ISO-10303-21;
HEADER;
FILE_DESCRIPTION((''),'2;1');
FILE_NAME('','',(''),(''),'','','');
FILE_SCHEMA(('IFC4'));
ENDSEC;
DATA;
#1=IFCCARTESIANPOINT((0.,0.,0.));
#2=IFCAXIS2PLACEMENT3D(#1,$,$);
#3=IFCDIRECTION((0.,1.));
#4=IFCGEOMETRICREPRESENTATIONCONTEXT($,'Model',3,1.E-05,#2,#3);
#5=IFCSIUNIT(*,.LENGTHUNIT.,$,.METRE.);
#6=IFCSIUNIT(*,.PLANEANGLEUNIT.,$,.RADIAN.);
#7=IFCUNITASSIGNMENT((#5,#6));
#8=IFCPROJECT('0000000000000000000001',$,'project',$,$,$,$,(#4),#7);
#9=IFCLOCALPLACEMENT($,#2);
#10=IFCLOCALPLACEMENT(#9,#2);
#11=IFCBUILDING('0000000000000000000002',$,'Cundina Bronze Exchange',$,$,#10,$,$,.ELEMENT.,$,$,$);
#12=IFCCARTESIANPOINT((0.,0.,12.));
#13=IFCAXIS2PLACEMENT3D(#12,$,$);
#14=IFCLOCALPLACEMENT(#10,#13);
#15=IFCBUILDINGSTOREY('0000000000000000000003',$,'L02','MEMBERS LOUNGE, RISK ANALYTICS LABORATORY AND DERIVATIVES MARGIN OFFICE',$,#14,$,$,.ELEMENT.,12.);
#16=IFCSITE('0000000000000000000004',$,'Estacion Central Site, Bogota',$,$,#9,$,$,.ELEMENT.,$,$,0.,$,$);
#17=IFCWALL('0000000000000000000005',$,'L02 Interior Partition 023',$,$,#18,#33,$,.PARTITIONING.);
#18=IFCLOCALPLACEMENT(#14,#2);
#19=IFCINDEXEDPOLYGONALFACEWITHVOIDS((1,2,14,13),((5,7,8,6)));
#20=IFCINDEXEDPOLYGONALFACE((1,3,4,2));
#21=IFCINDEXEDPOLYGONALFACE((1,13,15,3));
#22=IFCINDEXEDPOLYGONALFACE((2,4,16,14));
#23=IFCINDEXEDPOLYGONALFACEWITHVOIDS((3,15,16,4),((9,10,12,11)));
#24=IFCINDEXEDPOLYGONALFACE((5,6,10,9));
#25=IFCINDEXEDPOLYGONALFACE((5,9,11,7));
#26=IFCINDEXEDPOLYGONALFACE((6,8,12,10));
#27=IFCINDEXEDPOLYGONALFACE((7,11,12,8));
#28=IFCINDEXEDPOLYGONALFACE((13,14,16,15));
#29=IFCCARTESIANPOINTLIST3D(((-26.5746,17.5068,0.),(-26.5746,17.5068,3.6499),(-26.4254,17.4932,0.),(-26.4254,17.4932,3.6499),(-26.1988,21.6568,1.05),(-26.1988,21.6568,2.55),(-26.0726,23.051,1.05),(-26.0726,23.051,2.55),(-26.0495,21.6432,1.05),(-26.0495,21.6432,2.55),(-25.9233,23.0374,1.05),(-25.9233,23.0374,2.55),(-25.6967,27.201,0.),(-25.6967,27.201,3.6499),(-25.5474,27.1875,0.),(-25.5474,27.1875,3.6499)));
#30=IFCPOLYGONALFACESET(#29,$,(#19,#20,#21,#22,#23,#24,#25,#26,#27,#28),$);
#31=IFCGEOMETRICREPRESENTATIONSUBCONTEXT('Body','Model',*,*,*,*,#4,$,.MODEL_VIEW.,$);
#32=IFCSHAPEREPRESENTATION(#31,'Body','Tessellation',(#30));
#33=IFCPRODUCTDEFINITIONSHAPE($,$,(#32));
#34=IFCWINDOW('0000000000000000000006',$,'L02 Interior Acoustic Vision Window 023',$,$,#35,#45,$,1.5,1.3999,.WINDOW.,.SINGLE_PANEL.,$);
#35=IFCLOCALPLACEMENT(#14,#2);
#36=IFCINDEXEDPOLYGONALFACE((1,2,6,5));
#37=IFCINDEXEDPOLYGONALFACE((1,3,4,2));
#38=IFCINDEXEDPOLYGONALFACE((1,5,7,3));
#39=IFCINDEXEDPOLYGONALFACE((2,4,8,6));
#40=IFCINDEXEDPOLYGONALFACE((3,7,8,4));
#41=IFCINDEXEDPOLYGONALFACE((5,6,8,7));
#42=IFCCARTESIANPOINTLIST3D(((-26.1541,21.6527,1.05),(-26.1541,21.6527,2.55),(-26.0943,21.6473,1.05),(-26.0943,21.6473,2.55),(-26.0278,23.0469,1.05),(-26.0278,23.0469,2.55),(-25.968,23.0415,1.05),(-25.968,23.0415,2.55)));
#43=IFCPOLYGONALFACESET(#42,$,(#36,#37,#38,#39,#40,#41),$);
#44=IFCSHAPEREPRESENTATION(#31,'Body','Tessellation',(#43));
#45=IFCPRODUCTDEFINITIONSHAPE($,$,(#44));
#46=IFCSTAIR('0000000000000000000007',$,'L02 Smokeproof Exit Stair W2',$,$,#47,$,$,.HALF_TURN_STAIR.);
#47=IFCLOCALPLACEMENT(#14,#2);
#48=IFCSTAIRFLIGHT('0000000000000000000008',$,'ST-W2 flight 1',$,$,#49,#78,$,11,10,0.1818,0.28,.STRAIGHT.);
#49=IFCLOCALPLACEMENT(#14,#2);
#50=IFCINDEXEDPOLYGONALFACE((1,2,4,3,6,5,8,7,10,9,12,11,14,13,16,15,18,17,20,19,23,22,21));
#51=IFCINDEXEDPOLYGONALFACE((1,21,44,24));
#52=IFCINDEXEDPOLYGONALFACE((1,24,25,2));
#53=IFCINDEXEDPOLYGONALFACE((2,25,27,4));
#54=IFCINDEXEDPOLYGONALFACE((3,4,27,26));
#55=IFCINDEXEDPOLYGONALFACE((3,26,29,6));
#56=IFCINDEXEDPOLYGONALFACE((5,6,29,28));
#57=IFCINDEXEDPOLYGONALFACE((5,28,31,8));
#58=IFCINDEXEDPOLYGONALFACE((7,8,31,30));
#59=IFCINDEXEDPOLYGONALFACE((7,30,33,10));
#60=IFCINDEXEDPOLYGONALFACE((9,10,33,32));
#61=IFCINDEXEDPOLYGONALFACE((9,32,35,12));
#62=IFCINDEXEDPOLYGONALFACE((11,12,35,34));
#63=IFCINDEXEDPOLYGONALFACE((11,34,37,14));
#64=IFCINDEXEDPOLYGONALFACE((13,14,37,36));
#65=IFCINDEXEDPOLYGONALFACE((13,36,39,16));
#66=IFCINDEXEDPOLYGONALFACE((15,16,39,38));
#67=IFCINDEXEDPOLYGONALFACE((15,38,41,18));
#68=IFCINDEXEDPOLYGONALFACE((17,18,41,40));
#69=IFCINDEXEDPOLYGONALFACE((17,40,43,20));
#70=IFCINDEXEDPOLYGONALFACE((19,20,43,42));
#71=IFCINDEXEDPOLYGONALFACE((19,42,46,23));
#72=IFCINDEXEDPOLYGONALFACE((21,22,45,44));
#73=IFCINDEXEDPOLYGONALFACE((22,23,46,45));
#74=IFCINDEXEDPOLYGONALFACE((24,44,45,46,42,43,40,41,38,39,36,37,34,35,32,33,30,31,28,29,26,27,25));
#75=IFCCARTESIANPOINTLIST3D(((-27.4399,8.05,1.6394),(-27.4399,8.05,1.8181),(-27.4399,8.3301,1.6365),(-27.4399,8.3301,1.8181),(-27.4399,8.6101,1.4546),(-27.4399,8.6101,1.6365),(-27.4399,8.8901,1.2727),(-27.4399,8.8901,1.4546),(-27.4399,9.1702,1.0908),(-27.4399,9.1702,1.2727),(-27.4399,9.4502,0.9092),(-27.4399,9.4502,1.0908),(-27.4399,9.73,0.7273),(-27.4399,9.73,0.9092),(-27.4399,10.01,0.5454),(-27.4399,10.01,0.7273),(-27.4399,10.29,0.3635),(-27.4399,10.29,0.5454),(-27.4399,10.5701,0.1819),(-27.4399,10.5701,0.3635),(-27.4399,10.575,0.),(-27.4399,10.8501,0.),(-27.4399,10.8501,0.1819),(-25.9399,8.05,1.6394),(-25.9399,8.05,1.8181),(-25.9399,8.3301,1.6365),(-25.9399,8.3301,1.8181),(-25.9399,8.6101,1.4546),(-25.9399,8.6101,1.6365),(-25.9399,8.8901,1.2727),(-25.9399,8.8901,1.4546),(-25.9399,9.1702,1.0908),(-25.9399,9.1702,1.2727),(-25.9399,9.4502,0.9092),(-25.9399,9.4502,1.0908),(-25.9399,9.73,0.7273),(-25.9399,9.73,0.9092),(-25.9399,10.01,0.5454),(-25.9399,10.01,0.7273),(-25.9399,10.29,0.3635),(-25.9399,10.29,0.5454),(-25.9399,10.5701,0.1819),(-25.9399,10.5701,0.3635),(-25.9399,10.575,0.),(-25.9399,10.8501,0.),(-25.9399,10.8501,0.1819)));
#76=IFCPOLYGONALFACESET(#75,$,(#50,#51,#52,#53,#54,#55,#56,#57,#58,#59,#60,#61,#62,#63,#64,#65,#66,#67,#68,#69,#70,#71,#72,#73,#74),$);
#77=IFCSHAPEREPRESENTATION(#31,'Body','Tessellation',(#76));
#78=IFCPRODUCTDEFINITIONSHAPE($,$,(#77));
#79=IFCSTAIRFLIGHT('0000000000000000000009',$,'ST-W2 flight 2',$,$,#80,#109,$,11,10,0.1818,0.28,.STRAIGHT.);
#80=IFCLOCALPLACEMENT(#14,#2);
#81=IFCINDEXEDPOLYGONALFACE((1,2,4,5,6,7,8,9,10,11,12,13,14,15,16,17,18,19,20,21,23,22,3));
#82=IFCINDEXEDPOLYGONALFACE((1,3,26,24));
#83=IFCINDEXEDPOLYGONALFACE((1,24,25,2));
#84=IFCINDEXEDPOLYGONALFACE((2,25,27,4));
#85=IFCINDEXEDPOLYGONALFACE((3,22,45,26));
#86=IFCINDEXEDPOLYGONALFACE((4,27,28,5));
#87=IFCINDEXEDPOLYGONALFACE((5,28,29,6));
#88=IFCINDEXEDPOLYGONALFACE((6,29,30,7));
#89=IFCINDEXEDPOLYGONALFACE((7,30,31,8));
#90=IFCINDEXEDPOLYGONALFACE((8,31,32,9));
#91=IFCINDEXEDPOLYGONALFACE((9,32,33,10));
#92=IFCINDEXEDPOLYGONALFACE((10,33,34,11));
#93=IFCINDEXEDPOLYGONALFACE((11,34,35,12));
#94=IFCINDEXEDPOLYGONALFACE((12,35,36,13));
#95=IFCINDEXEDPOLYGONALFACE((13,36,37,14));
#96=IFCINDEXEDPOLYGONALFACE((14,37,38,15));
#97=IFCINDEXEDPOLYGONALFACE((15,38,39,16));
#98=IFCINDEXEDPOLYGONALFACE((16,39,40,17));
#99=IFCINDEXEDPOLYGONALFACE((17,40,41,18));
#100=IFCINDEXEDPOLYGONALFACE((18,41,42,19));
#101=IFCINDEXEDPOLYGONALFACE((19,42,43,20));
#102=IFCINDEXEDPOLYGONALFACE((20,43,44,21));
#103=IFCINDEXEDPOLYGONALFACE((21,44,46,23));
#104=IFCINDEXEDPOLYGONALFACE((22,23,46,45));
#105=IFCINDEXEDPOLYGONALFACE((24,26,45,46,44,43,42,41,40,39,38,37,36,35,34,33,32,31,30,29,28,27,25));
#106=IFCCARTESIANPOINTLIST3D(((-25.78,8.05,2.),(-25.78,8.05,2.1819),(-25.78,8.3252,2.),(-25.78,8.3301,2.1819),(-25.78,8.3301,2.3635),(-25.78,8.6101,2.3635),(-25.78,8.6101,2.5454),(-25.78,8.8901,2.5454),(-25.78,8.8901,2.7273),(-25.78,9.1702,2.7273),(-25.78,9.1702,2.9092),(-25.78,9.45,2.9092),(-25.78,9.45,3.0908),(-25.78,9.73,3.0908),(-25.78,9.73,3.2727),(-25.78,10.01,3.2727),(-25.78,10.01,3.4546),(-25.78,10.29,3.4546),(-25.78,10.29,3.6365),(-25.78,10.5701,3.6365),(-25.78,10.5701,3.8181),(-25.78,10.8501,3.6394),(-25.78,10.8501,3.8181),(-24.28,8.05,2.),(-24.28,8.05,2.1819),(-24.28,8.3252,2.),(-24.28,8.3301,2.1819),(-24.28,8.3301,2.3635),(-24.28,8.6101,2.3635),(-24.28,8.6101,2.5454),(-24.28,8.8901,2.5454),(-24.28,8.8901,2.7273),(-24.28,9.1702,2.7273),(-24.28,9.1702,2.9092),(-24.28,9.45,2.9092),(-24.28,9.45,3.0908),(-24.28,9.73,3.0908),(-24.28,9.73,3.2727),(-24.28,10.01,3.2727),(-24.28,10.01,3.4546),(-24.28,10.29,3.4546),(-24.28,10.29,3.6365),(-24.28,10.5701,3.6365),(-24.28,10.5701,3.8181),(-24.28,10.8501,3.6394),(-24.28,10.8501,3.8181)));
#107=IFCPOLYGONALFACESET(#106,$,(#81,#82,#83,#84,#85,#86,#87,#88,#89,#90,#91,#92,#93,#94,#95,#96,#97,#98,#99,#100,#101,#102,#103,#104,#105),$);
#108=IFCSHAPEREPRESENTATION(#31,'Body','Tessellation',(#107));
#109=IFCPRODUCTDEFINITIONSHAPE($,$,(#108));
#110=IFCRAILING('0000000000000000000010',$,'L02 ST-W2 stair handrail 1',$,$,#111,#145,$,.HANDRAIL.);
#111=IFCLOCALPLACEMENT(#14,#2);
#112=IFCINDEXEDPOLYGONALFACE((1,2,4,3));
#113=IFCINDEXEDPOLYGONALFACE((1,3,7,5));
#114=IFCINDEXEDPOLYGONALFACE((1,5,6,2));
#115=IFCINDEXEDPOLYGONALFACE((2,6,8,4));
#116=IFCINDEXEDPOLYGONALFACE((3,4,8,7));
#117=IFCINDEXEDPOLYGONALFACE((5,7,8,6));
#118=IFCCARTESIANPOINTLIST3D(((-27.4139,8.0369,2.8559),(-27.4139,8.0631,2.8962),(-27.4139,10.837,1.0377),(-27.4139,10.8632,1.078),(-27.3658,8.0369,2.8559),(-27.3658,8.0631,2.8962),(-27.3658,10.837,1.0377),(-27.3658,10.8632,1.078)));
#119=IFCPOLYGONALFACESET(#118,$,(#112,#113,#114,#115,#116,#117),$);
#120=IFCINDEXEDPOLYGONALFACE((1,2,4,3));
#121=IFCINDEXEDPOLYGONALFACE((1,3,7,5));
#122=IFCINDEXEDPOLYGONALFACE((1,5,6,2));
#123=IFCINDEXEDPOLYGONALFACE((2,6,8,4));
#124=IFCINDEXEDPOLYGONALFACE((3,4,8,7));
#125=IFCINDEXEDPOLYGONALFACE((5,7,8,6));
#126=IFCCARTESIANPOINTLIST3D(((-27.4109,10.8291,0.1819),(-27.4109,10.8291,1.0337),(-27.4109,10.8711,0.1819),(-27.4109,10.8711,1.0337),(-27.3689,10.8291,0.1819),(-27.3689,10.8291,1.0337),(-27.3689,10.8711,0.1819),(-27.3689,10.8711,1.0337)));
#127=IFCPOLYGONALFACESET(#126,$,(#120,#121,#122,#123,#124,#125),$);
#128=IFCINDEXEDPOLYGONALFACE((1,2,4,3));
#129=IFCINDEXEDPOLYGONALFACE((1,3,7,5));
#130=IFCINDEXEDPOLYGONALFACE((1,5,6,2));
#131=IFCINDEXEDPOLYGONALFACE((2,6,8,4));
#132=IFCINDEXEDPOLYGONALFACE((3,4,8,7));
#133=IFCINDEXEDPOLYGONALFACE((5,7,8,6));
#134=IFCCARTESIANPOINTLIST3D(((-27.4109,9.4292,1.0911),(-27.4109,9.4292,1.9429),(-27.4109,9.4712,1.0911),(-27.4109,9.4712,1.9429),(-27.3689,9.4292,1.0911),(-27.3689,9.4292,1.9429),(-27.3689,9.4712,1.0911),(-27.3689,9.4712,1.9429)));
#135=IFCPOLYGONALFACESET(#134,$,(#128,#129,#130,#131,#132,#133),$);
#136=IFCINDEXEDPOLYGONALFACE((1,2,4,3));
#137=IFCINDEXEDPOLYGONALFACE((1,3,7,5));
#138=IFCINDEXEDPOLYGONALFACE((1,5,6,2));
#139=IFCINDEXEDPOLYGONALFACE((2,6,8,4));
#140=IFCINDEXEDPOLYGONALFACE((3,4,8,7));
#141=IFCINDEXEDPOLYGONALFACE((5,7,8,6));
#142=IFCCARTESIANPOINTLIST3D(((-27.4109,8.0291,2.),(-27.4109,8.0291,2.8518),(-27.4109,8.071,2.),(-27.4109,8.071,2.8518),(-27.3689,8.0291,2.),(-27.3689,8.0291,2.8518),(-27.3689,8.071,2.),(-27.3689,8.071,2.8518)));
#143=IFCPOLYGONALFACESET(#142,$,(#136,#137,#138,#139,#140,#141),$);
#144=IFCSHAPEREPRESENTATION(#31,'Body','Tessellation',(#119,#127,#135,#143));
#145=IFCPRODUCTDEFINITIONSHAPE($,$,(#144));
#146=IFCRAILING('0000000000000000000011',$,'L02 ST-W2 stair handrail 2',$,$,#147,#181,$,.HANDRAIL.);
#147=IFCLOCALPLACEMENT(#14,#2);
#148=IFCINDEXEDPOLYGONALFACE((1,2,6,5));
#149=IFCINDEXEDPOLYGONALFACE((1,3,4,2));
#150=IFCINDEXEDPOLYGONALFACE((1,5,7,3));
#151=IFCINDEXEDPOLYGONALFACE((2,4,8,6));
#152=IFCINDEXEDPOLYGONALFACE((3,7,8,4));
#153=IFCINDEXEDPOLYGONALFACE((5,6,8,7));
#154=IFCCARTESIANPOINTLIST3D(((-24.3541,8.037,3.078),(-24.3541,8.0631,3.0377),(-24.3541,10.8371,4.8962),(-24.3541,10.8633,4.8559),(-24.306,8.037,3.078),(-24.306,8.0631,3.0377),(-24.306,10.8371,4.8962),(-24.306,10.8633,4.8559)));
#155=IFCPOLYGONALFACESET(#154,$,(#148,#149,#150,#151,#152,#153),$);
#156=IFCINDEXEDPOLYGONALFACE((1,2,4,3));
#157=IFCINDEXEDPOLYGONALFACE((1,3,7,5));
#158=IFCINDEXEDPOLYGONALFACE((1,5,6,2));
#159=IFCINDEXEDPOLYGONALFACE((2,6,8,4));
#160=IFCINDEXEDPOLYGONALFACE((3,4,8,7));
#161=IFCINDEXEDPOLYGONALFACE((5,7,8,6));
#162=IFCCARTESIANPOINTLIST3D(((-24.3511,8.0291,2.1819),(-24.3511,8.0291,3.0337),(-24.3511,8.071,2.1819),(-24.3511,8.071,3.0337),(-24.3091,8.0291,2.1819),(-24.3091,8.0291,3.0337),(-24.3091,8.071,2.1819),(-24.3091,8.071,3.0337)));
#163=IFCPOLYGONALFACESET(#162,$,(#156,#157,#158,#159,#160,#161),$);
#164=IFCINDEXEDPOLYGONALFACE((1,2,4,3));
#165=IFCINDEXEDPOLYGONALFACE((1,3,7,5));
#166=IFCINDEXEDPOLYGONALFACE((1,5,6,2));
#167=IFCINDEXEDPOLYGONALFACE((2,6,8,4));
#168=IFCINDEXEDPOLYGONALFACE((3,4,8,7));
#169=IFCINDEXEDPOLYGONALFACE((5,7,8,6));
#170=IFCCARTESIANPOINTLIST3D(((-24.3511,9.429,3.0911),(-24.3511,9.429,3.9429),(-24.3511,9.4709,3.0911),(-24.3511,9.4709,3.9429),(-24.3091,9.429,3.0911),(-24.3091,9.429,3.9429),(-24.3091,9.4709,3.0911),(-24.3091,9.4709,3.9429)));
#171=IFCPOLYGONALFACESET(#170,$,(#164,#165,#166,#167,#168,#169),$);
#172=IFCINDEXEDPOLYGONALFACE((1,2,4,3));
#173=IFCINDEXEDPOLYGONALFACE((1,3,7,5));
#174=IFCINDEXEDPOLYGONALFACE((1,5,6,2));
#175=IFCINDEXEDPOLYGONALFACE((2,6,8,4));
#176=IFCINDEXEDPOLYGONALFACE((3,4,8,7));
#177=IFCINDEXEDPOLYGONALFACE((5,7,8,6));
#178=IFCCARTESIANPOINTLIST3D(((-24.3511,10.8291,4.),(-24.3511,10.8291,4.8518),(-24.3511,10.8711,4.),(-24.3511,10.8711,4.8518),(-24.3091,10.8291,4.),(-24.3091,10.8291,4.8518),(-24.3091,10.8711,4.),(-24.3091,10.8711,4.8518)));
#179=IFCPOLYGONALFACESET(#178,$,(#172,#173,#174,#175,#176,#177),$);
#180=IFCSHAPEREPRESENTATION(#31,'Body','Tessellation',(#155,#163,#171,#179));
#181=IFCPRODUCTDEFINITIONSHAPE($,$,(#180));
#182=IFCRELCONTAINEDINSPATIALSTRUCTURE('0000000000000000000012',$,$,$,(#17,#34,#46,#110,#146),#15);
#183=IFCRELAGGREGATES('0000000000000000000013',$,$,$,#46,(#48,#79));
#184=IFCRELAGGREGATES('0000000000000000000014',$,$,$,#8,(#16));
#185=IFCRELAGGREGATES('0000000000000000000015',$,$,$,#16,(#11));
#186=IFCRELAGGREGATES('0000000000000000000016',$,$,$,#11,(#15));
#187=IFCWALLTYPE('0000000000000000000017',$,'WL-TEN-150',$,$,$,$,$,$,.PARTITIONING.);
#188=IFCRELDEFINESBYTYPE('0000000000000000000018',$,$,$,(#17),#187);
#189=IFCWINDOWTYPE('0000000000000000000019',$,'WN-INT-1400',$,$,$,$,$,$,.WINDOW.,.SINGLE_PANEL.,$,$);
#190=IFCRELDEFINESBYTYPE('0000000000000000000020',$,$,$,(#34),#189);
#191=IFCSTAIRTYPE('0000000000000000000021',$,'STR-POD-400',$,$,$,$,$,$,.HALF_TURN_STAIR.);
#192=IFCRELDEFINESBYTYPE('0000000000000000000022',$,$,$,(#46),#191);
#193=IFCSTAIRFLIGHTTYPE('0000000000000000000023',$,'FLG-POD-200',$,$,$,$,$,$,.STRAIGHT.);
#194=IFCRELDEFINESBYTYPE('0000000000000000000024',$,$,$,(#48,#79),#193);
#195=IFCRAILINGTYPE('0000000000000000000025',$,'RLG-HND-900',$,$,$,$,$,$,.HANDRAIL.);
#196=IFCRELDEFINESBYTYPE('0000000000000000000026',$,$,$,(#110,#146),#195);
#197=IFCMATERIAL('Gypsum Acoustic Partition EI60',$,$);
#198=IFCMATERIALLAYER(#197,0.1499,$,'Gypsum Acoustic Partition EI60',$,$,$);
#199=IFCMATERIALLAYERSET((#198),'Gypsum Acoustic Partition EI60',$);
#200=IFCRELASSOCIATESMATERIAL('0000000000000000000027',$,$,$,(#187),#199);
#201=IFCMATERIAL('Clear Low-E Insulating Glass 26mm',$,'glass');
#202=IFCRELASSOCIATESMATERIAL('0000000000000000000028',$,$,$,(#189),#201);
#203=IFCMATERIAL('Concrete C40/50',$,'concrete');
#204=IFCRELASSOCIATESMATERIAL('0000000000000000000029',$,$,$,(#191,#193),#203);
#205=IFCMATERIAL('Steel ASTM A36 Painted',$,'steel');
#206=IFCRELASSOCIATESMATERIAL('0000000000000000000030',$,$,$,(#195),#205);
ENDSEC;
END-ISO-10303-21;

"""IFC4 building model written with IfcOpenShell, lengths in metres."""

from ifc_helpers import new_model, si_unit, direction, frame, frame_2d, origin, origin_2d, place, context, subcontext, project, spatial, polyline, rectangle, outline, extrude, material, layer, layer_set, type_object, element, fill, aggregate, save


model = new_model("IFC4")

# Units and contexts
model_context = context("Model", 3, precision=1e-05, world=origin(), true_north=direction((0.0, 1.0)))
body_context = subcontext(model_context, "Body", "Model", "MODEL_VIEW")
ifc_project = project(units=[si_unit("LENGTHUNIT", "METRE"), si_unit("PLANEANGLEUNIT", "RADIAN")], contexts=[model_context])

# Site, building, storey
site_placement = place(None, origin())
site = spatial("IfcSite", under=ifc_project, at=site_placement, Name="Estacion Central Site, Bogota", CompositionType="ELEMENT", RefElevation=0.0)
building_placement = place(site_placement, origin())
building = spatial("IfcBuilding", under=site, at=building_placement, Name="Cundina Bronze Exchange", CompositionType="ELEMENT")
storey_placement = place(building_placement, frame((0.0, 0.0, 12.0)))
storey = spatial("IfcBuildingStorey", under=building, at=storey_placement, Name="L02", Description="MEMBERS LOUNGE, RISK ANALYTICS LABORATORY AND DERIVATIVES MARGIN OFFICE", CompositionType="ELEMENT", Elevation=12.0)

# Shared definitions
ifc_material_1 = material(Name="Concrete C40/50", Category="concrete")

# Shared definitions
ifc_material_2 = material(Name="Steel ASTM A36 Painted", Category="steel")

# Wall, opening, window
ifc_material_3 = material(Name="Gypsum Acoustic Partition EI60")
ifc_layer_1 = layer(ifc_material_3, 0.1499, Name="Gypsum Acoustic Partition EI60")
ifc_layer_set_1 = layer_set([ifc_layer_1], Name="Gypsum Acoustic Partition EI60")
wall_type_1 = type_object("IfcWallType", Name="WL-TEN-150", PredefinedType="PARTITIONING", material=ifc_layer_set_1)
wall_1_placement = place(storey_placement, frame((-26.5, 17.5, 0.0), z_axis=(0.0, 0.0, 1.0), x_axis=(0.090192, 0.995924, 0.0)))
wall_1 = element("IfcWall", 1, at=wall_1_placement, inside=storey, type_object=wall_type_1, Name="L02 Interior Partition 023", PredefinedType="PARTITIONING", context=body_context, shape_type="SweptSolid", body=[
    extrude(rectangle(XDim=9.7339, YDim=0.1499, at=frame_2d((4.8669, 0.0))), origin(), (0.0, 0.0, 1.0), 3.6499),
])
opening_1_placement = place(wall_1_placement, frame((4.167, 0.0, 1.05)))
opening_1 = element("IfcOpeningElement", 2, at=opening_1_placement, cuts=wall_1, PredefinedType="OPENING", context=body_context, shape_type="SweptSolid", body=[
    extrude(rectangle(XDim=1.3999, YDim=1.5, at=frame_2d((0.7, 0.75))), frame((0.0, 0.085, 0.0), z_axis=(0.0, -1.0, 0.0), x_axis=(1.0, 0.0, 0.0)), (0.0, 0.0, 1.0), 0.1699),
])
ifc_material_4 = material(Name="Clear Low-E Insulating Glass 26mm", Category="glass")
window_type_1 = type_object("IfcWindowType", Name="WN-INT-1400", PartitioningType="SINGLE_PANEL", PredefinedType="WINDOW", material=ifc_material_4)
window_1_placement = place(opening_1_placement, origin())
window_1 = element("IfcWindow", 3, at=window_1_placement, inside=storey, type_object=window_type_1, Name="L02 Interior Acoustic Vision Window 023", OverallHeight=1.5, OverallWidth=1.3999, PartitioningType="SINGLE_PANEL", PredefinedType="WINDOW", context=body_context, shape_type="SweptSolid", body=[
    extrude(rectangle(XDim=1.3999, YDim=1.5, at=frame_2d((0.7, 0.75))), frame((0.0, 0.03, 0.0), z_axis=(0.0, -1.0, 0.0), x_axis=(1.0, 0.0, 0.0)), (0.0, 0.0, 1.0), 0.0601),
])
fill(opening_1, window_1)

# Stair, stair flights
stair_type = type_object("IfcStairType", Name="STR-POD-400", PredefinedType="HALF_TURN_STAIR", material=ifc_material_1)
stair_placement = place(storey_placement, origin())
stair = element("IfcStair", 4, at=stair_placement, inside=storey, type_object=stair_type, Name="L02 Smokeproof Exit Stair W2", PredefinedType="HALF_TURN_STAIR")
stair_flight_type = type_object("IfcStairFlightType", Name="FLG-POD-200", PredefinedType="STRAIGHT", material=ifc_material_1)
stair_flight_1_placement = place(storey_placement, frame((-26.6899, 10.8501, 0.0), z_axis=(0.0, 0.0, 1.0), x_axis=(0.0, -1.0, 0.0)))
stair_flight_1 = element("IfcStairFlight", 5, at=stair_flight_1_placement, type_object=stair_flight_type, Name="ST-W2 flight 1", NumberOfRisers=11, NumberOfTreads=10, PredefinedType="STRAIGHT", RiserHeight=0.1818, TreadLength=0.28, context=body_context, shape_type="SweptSolid", body=[
    extrude(outline(polyline([(0.0, 0.0), (0.0, 0.1819), (0.28, 0.1819), (0.28, 0.3635), (0.5601, 0.3635), (0.5601, 0.5454), (0.8401, 0.5454), (0.8401, 0.7273), (1.1201, 0.7273), (1.1201, 0.9092), (1.3999, 0.9092), (1.3999, 1.0908), (1.6799, 1.0908), (1.6799, 1.2727), (1.96, 1.2727), (1.96, 1.4546), (2.24, 1.4546), (2.24, 1.6365), (2.52, 1.6365), (2.52, 1.8181), (2.8, 1.8181), (2.8, 2.0), (2.8, 1.6394), (0.2751, 0.0), (0.0, 0.0)])), frame((0.0, 0.75, 0.0), z_axis=(0.0, -1.0, 0.0), x_axis=(1.0, 0.0, 0.0)), (0.0, 0.0, 1.0), 1.5),
])
stair_flight_2_placement = place(storey_placement, frame((-25.03, 8.05, 2.0), z_axis=(0.0, 0.0, 1.0), x_axis=(0.0, 1.0, 0.0)))
stair_flight_2 = element("IfcStairFlight", 6, at=stair_flight_2_placement, type_object=stair_flight_type, Name="ST-W2 flight 2", NumberOfRisers=11, NumberOfTreads=10, PredefinedType="STRAIGHT", RiserHeight=0.1818, TreadLength=0.28, context=body_context, shape_type="SweptSolid", body=[
    extrude(outline(polyline([(0.0, 0.0), (0.0, 0.1819), (0.28, 0.1819), (0.28, 0.3635), (0.5601, 0.3635), (0.5601, 0.5454), (0.8401, 0.5454), (0.8401, 0.7273), (1.1201, 0.7273), (1.1201, 0.9092), (1.3999, 0.9092), (1.3999, 1.0908), (1.6799, 1.0908), (1.6799, 1.2727), (1.96, 1.2727), (1.96, 1.4546), (2.24, 1.4546), (2.24, 1.6365), (2.52, 1.6365), (2.52, 1.8181), (2.8, 1.8181), (2.8, 2.0), (2.8, 1.6394), (0.2751, 0.0), (0.0, 0.0)])), frame((0.0, 0.75, 0.0), z_axis=(0.0, -1.0, 0.0), x_axis=(1.0, 0.0, 0.0)), (0.0, 0.0, 1.0), 1.5),
])
aggregate(stair, [stair_flight_1, stair_flight_2])

# Railings
railing_type_1 = type_object("IfcRailingType", Name="RLG-HND-900", PredefinedType="HANDRAIL", material=ifc_material_2)
railing_1_placement = place(storey_placement, frame((-27.3899, 10.8501, 0.1819)))
element("IfcRailing", 7, at=railing_1_placement, inside=storey, type_object=railing_type_1, Name="L02 ST-W2 stair handrail 1", PredefinedType="HANDRAIL", context=body_context, shape_type="SweptSolid", body=[
    extrude(rectangle(XDim=0.0481, YDim=0.0481, at=origin_2d()), frame((0.0, 0.0, 0.876), z_axis=(0.0, -0.838706, 0.544585), x_axis=(1.0, 0.0, 0.0)), (0.0, 0.0, 1.0), 3.3386),
    extrude(rectangle(XDim=0.042, YDim=0.042, at=origin_2d()), origin(), (0.0, 0.0, 1.0), 0.8518),
    extrude(rectangle(XDim=0.042, YDim=0.042, at=origin_2d()), frame((0.0, -1.3999, 0.9092)), (0.0, 0.0, 1.0), 0.8518),
    extrude(rectangle(XDim=0.042, YDim=0.042, at=origin_2d()), frame((0.0, -2.8, 1.8181)), (0.0, 0.0, 1.0), 0.8518),
])
railing_2_placement = place(storey_placement, frame((-24.3301, 8.05, 2.1819)))
element("IfcRailing", 8, at=railing_2_placement, inside=storey, type_object=railing_type_1, Name="L02 ST-W2 stair handrail 2", PredefinedType="HANDRAIL", context=body_context, shape_type="SweptSolid", body=[
    extrude(rectangle(XDim=0.0481, YDim=0.0481, at=origin_2d()), frame((0.0, 0.0, 0.876), z_axis=(0.0, 0.838706, 0.544585), x_axis=(-1.0, 0.0, 0.0)), (0.0, 0.0, 1.0), 3.3386),
    extrude(rectangle(XDim=0.042, YDim=0.042, at=origin_2d()), origin(), (0.0, 0.0, 1.0), 0.8518),
    extrude(rectangle(XDim=0.042, YDim=0.042, at=origin_2d()), frame((0.0, 1.3999, 0.9092)), (0.0, 0.0, 1.0), 0.8518),
    extrude(rectangle(XDim=0.042, YDim=0.042, at=origin_2d()), frame((0.0, 2.8, 1.8181)), (0.0, 0.0, 1.0), 0.8518),
])

save(model, "model.ifc")
